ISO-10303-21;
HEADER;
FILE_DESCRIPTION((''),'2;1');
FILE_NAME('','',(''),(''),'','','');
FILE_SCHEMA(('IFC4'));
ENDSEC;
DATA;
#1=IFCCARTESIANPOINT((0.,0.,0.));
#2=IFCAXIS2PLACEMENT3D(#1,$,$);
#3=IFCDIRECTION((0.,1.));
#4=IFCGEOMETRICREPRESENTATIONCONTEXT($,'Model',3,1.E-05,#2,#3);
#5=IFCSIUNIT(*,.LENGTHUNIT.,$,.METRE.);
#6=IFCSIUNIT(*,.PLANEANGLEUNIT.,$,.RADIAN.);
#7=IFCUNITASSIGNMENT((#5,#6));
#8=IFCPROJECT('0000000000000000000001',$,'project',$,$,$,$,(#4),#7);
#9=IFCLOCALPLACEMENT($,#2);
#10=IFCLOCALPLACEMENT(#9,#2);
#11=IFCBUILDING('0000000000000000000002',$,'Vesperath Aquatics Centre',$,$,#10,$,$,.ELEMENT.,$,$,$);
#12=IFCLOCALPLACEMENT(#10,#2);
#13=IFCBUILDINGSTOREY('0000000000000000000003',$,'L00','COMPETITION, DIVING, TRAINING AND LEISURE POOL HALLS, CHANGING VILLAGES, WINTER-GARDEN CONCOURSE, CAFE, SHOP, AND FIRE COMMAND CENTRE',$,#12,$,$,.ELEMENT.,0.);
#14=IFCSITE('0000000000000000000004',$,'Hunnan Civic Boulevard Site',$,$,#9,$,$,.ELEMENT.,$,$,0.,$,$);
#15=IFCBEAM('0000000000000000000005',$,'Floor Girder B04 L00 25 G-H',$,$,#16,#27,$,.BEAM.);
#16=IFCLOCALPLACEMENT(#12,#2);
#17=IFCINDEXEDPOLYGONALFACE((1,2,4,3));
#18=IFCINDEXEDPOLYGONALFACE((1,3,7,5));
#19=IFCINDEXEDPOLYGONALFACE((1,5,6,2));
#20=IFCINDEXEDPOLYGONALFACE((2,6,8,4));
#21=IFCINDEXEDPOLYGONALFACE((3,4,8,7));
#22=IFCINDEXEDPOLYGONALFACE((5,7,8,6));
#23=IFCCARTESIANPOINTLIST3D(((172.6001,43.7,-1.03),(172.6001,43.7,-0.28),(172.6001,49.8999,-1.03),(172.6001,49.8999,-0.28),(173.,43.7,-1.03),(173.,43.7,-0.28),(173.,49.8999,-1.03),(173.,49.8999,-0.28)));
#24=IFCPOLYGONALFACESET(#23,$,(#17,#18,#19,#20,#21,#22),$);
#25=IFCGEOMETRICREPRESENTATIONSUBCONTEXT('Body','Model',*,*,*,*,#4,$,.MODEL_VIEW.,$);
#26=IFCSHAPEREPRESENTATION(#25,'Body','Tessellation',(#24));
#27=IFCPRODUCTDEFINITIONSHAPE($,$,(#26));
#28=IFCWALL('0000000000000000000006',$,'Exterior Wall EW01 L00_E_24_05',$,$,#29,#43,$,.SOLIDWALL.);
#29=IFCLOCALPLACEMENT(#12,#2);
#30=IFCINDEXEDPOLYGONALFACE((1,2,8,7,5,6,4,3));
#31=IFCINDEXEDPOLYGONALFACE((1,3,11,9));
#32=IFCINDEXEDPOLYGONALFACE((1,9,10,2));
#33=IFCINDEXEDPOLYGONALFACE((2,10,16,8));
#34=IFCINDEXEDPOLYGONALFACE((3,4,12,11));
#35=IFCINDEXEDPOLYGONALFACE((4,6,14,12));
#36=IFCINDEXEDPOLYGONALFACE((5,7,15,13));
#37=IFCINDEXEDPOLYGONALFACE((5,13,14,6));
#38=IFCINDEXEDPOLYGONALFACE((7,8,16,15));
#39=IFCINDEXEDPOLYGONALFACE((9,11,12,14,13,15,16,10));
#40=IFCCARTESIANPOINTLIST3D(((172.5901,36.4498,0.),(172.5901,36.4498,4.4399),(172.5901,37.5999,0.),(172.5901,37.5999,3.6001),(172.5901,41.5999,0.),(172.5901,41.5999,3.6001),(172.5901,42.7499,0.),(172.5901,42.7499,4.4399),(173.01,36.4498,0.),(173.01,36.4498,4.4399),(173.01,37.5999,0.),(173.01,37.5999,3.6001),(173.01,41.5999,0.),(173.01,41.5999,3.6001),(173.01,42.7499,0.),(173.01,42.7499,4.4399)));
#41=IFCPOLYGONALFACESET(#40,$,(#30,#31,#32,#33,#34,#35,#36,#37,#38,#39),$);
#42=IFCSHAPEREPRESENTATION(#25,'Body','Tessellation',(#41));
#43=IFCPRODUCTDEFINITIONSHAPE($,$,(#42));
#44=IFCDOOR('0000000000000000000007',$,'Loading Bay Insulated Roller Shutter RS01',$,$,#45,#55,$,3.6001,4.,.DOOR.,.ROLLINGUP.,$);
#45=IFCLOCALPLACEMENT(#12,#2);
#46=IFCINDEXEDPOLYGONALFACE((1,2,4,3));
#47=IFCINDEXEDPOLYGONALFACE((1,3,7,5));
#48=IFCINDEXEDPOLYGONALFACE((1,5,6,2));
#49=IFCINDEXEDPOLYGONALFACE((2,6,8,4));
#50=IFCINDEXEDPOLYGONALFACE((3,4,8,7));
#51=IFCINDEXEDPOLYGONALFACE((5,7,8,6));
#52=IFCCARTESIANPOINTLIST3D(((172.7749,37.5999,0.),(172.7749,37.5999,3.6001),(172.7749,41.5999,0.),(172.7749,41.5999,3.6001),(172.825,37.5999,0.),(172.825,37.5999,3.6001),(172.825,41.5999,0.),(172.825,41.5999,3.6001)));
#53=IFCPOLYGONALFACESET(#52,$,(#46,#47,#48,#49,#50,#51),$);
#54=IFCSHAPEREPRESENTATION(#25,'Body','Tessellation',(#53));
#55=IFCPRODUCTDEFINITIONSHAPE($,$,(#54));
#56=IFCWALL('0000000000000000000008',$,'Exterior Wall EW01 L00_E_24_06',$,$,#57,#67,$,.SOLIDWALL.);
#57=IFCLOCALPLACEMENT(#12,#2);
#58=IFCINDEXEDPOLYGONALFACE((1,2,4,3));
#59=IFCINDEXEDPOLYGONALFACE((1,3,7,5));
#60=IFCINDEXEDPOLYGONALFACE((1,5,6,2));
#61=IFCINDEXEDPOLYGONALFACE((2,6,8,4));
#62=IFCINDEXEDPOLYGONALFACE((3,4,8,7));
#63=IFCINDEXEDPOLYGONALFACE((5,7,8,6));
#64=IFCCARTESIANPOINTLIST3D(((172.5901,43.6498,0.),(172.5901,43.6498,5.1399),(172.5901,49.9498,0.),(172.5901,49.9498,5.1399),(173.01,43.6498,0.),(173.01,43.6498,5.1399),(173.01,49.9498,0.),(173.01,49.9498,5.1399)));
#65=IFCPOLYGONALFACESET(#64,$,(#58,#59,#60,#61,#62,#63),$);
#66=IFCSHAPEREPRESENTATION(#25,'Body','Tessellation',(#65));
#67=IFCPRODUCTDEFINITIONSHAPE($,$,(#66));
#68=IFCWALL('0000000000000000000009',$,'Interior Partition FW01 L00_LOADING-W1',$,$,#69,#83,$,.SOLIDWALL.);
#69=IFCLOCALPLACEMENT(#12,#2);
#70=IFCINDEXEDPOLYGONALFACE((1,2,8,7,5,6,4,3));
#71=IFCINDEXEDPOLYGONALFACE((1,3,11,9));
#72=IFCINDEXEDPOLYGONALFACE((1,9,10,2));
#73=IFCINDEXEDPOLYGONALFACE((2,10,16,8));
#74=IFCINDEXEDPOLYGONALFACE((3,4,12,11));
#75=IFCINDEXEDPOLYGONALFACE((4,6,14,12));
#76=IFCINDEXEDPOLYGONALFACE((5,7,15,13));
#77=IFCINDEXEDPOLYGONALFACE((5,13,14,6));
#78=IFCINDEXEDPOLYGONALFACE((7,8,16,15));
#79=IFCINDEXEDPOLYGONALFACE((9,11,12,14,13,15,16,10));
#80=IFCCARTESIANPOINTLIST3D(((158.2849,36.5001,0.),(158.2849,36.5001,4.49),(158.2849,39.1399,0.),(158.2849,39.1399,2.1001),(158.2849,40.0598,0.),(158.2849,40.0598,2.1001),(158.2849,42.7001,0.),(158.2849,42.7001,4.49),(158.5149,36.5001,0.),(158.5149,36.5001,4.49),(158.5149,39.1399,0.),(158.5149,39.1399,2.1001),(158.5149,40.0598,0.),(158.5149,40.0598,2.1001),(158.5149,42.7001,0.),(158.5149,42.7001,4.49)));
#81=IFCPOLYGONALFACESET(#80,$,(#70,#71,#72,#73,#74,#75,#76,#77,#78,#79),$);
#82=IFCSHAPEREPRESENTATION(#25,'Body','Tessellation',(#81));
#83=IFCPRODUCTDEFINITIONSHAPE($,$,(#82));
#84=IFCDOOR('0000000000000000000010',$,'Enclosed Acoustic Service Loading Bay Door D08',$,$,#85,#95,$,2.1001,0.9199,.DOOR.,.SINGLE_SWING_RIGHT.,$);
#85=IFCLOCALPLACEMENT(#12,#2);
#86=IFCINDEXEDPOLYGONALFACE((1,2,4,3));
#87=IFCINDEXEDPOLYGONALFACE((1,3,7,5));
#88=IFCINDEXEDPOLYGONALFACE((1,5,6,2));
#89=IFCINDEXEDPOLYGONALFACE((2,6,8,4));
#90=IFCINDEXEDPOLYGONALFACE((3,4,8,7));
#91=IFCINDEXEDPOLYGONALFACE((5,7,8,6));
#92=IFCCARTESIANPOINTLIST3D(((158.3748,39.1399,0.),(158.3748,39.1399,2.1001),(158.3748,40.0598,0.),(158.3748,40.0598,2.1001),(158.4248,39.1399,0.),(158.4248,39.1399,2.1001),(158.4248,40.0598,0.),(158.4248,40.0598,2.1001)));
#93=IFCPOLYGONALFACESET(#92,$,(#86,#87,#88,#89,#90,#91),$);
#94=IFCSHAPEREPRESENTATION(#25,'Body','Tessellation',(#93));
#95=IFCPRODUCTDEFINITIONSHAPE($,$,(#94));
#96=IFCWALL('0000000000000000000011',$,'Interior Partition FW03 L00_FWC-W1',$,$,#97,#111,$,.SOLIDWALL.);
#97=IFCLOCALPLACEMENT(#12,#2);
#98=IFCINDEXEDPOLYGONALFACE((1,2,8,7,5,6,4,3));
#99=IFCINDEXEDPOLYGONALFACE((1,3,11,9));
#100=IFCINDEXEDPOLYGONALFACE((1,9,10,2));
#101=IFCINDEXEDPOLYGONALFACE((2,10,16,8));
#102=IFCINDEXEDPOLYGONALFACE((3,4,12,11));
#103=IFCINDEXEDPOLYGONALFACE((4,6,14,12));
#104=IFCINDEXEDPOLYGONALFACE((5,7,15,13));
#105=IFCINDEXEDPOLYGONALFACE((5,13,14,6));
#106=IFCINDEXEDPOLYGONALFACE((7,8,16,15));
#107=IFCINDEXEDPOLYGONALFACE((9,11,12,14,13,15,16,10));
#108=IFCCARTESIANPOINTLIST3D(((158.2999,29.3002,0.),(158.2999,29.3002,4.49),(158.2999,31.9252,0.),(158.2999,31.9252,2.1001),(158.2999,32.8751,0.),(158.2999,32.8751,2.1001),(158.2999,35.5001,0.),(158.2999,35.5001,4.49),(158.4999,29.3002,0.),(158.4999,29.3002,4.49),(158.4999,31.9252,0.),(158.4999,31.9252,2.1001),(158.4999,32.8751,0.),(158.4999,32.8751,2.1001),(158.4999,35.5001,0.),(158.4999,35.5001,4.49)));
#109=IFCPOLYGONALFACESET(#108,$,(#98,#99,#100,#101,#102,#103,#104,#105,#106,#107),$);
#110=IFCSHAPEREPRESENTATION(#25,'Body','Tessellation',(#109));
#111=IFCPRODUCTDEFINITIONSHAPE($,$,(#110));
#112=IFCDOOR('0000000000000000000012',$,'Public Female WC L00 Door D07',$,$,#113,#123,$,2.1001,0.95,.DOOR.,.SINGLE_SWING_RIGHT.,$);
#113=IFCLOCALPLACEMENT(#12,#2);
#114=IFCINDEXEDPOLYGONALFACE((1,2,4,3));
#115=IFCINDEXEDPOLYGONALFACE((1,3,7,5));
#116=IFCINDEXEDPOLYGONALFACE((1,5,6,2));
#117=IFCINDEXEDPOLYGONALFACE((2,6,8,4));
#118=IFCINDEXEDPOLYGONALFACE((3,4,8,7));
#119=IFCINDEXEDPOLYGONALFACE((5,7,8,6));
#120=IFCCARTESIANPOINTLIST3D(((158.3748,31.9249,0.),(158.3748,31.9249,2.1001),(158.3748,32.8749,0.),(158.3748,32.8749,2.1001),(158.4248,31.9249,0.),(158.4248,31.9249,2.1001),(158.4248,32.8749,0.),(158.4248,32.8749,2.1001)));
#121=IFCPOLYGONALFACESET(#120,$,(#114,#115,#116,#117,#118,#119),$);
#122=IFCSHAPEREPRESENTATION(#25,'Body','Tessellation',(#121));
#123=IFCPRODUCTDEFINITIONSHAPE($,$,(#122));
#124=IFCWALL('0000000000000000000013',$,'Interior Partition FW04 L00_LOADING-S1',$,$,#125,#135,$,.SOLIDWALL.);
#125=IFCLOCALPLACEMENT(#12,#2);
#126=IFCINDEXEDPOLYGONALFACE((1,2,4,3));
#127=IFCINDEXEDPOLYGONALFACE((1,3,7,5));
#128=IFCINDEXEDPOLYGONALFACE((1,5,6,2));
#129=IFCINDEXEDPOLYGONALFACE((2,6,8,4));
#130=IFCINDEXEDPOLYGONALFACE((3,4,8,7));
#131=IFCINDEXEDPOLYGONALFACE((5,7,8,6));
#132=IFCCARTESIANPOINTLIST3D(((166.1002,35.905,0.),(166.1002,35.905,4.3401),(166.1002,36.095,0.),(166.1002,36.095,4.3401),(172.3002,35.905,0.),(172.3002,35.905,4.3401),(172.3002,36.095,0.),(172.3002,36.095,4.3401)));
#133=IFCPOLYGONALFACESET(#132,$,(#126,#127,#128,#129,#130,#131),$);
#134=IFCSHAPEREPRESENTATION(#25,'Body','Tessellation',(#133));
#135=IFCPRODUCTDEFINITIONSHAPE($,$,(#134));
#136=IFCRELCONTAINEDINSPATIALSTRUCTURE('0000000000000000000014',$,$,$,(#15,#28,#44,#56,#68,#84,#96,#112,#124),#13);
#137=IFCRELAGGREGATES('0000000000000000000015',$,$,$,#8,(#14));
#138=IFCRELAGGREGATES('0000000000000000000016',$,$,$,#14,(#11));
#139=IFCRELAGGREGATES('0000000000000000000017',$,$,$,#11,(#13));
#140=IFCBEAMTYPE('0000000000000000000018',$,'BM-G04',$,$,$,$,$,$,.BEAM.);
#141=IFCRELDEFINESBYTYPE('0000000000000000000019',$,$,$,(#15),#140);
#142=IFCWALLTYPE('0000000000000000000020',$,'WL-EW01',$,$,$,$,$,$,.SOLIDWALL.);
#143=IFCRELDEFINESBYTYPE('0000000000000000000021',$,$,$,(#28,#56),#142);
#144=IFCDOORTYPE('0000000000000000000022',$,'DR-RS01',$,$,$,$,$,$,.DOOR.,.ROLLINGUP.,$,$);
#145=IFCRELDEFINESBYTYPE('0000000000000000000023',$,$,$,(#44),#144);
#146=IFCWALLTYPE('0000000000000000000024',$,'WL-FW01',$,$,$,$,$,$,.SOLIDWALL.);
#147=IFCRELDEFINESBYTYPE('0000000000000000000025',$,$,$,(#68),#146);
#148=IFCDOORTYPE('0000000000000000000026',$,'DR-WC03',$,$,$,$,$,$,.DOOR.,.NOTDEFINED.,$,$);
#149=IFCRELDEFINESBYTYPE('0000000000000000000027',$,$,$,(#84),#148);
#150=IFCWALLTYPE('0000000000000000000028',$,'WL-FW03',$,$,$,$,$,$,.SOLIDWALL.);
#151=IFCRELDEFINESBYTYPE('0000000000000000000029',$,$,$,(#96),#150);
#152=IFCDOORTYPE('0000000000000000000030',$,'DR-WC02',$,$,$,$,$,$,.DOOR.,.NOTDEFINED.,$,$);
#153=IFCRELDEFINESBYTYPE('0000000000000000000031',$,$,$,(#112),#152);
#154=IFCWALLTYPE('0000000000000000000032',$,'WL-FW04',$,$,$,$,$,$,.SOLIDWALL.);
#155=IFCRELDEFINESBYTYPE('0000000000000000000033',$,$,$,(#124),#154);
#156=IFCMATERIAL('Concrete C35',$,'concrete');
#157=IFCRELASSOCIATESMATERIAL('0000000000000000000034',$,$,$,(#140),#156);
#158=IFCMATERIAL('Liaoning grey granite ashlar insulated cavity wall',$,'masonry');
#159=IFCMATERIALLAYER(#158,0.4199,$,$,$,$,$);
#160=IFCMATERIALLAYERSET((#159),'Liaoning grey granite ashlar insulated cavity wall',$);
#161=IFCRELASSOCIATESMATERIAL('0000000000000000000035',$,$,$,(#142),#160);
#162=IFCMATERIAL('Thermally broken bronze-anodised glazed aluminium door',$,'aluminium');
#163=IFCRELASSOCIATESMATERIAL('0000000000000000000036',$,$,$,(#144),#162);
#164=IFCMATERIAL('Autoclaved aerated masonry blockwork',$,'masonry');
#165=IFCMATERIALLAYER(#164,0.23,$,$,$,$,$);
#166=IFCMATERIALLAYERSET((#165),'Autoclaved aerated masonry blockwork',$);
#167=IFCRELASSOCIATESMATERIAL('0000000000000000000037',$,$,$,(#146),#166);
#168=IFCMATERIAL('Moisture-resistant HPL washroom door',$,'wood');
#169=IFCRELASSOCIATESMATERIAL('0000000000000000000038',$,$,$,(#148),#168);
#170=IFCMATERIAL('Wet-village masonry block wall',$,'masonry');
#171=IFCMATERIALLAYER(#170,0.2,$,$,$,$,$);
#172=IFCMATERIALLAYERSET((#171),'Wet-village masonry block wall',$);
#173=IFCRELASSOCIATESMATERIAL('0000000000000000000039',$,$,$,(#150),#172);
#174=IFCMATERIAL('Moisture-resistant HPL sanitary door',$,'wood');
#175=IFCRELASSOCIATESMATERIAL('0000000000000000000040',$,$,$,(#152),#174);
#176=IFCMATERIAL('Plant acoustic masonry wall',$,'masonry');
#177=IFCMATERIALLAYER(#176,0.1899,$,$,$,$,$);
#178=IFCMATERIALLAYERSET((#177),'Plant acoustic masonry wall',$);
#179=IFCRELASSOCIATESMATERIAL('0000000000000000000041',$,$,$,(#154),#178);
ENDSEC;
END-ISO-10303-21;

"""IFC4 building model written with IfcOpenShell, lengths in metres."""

from ifc_helpers import new_model, si_unit, direction, frame, frame_2d, origin, origin_2d, place, context, subcontext, project, spatial, rectangle, extrude, material, layer, layer_set, material_profile, profile_set, type_object, element, fill, save


model = new_model("IFC4")

# Units and contexts
model_context = context("Model", 3, precision=1e-05, world=origin(), true_north=direction((0.0, 1.0)))
body_context = subcontext(model_context, "Body", "Model", "MODEL_VIEW")
ifc_project = project(units=[si_unit("LENGTHUNIT", "METRE"), si_unit("PLANEANGLEUNIT", "RADIAN")], contexts=[model_context])

# Site, building, storey
site_placement = place(None, origin())
site = spatial("IfcSite", under=ifc_project, at=site_placement, Name="Hunnan Civic Boulevard Site", CompositionType="ELEMENT", RefElevation=0.0)
building_placement = place(site_placement, origin())
building = spatial("IfcBuilding", under=site, at=building_placement, Name="Vesperath Aquatics Centre", CompositionType="ELEMENT")
storey_placement = place(building_placement, origin())
storey = spatial("IfcBuildingStorey", under=building, at=storey_placement, Name="L00", Description="COMPETITION, DIVING, TRAINING AND LEISURE POOL HALLS, CHANGING VILLAGES, WINTER-GARDEN CONCOURSE, CAFE, SHOP, AND FIRE COMMAND CENTRE", CompositionType="ELEMENT", Elevation=0.0)

# Beam
ifc_material_1 = material(Name="Concrete C35", Category="concrete")
ifc_material_profile_1 = material_profile(ifc_material_1, rectangle(XDim=0.3999, YDim=0.75, at=origin_2d()), Name="RC 400x750")
ifc_profile_set_1 = profile_set([ifc_material_profile_1], Name="Concrete C35")
beam_type_1 = type_object("IfcBeamType", Name="BM-G04", PredefinedType="BEAM", material=ifc_profile_set_1)
for number, where, z_axis, x_axis, name in (
    (1, (172.8, 43.7, -0.655), (0.0, 1.0, 0.0), (-1.0, 0.0, 0.0), "Floor Girder B04 L00 25 G-H"),
):
    element("IfcBeam", number, at=place(storey_placement, frame(where, z_axis=z_axis, x_axis=x_axis)), inside=storey, type_object=beam_type_1, Name=name, PredefinedType="BEAM", context=body_context, shape_type="SweptSolid", body=[
        extrude(rectangle(XDim=0.3999, YDim=0.75, at=origin_2d()), origin(), (0.0, 0.0, 1.0), 6.2),
    ])

# Wall, opening, door
ifc_material_2 = material(Name="Liaoning grey granite ashlar insulated cavity wall", Category="masonry")
ifc_layer_1 = layer(ifc_material_2, 0.4199)
ifc_layer_set_1 = layer_set([ifc_layer_1], Name="Liaoning grey granite ashlar insulated cavity wall")
wall_type_1 = type_object("IfcWallType", Name="WL-EW01", PredefinedType="SOLIDWALL", material=ifc_layer_set_1)
wall_1_placement = place(storey_placement, frame((172.8, 36.45, 0.0), z_axis=(0.0, 0.0, 1.0), x_axis=(0.0, 1.0, 0.0)))
wall_1 = element("IfcWall", 2, at=wall_1_placement, inside=storey, type_object=wall_type_1, Name="Exterior Wall EW01 L00_E_24_05", PredefinedType="SOLIDWALL", context=body_context, shape_type="SweptSolid", body=[
    extrude(rectangle(XDim=6.3, YDim=0.4199, at=frame_2d((3.1499, 0.0))), origin(), (0.0, 0.0, 1.0), 4.4399),
])
opening_1_placement = place(wall_1_placement, frame((1.1499, 0.0, 0.0)))
opening_1 = element("IfcOpeningElement", 3, at=opening_1_placement, cuts=wall_1, PredefinedType="OPENING", context=body_context, shape_type="SweptSolid", body=[
    extrude(rectangle(XDim=4.0, YDim=3.6001, at=frame_2d((2.0, 1.8))), frame((0.0, 0.2249, 0.0), z_axis=(0.0, -1.0, 0.0), x_axis=(1.0, 0.0, 0.0)), (0.0, 0.0, 1.0), 0.4497),
])
ifc_material_3 = material(Name="Thermally broken bronze-anodised glazed aluminium door", Category="aluminium")
door_type_1 = type_object("IfcDoorType", Name="DR-RS01", OperationType="ROLLINGUP", PredefinedType="DOOR", material=ifc_material_3)
door_1_placement = place(opening_1_placement, frame((4.0, 0.0, 0.0), z_axis=(0.0, 0.0, 1.0), x_axis=(-1.0, 0.0, 0.0)))
door_1 = element("IfcDoor", 4, at=door_1_placement, inside=storey, type_object=door_type_1, Name="Loading Bay Insulated Roller Shutter RS01", OperationType="ROLLINGUP", OverallHeight=3.6001, OverallWidth=4.0, PredefinedType="DOOR", context=body_context, shape_type="SweptSolid", body=[
    extrude(rectangle(XDim=4.0, YDim=3.6001, at=frame_2d((2.0, 1.8))), frame((0.0, 0.0249, 0.0), z_axis=(0.0, -1.0, 0.0), x_axis=(1.0, 0.0, 0.0)), (0.0, 0.0, 1.0), 0.05),
])
fill(opening_1, door_1)

# Wall
wall_2_placement = place(storey_placement, frame((172.8, 43.6499, 0.0), z_axis=(0.0, 0.0, 1.0), x_axis=(0.0, 1.0, 0.0)))
element("IfcWall", 5, at=wall_2_placement, inside=storey, type_object=wall_type_1, Name="Exterior Wall EW01 L00_E_24_06", PredefinedType="SOLIDWALL", context=body_context, shape_type="SweptSolid", body=[
    extrude(rectangle(XDim=6.3, YDim=0.4199, at=frame_2d((3.1499, 0.0))), origin(), (0.0, 0.0, 1.0), 5.1399),
])

# Walls, openings, doors
ifc_material_4 = material(Name="Autoclaved aerated masonry blockwork", Category="masonry")
ifc_layer_2 = layer(ifc_material_4, 0.23)
ifc_layer_set_2 = layer_set([ifc_layer_2], Name="Autoclaved aerated masonry blockwork")
wall_type_2 = type_object("IfcWallType", Name="WL-FW01", PredefinedType="SOLIDWALL", material=ifc_layer_set_2)
wall_3_placement = place(storey_placement, frame((158.3999, 36.5, 0.0), z_axis=(0.0, 0.0, 1.0), x_axis=(0.0, 1.0, 0.0)))
wall_3 = element("IfcWall", 6, at=wall_3_placement, inside=storey, type_object=wall_type_2, Name="Interior Partition FW01 L00_LOADING-W1", PredefinedType="SOLIDWALL", context=body_context, shape_type="SweptSolid", body=[
    extrude(rectangle(XDim=6.2, YDim=0.23, at=frame_2d((3.1001, 0.0))), origin(), (0.0, 0.0, 1.0), 4.49),
])
opening_2_placement = place(wall_3_placement, frame((2.6399, 0.0, 0.0)))
opening_2 = element("IfcOpeningElement", 7, at=opening_2_placement, cuts=wall_3, PredefinedType="OPENING", context=body_context, shape_type="SweptSolid", body=[
    extrude(rectangle(XDim=0.9199, YDim=2.1001, at=frame_2d((0.46, 1.05))), frame((0.0, 0.1299, 0.0), z_axis=(0.0, -1.0, 0.0), x_axis=(1.0, 0.0, 0.0)), (0.0, 0.0, 1.0), 0.2598),
])
ifc_material_5 = material(Name="Moisture-resistant HPL washroom door", Category="wood")
door_type_2 = type_object("IfcDoorType", Name="DR-WC03", OperationType="NOTDEFINED", PredefinedType="DOOR", material=ifc_material_5)
door_2_placement = place(opening_2_placement, frame((0.9199, 0.0, 0.0), z_axis=(0.0, 0.0, 1.0), x_axis=(-1.0, 0.0, 0.0)))
door_2 = element("IfcDoor", 8, at=door_2_placement, inside=storey, type_object=door_type_2, Name="Enclosed Acoustic Service Loading Bay Door D08", OperationType="SINGLE_SWING_RIGHT", OverallHeight=2.1001, OverallWidth=0.9199, PredefinedType="DOOR", context=body_context, shape_type="SweptSolid", body=[
    extrude(rectangle(XDim=0.9199, YDim=2.1001, at=frame_2d((0.46, 1.05))), frame((0.0, 0.0249, 0.0), z_axis=(0.0, -1.0, 0.0), x_axis=(1.0, 0.0, 0.0)), (0.0, 0.0, 1.0), 0.05),
])
fill(opening_2, door_2)
ifc_material_6 = material(Name="Wet-village masonry block wall", Category="masonry")
ifc_layer_3 = layer(ifc_material_6, 0.2)
ifc_layer_set_3 = layer_set([ifc_layer_3], Name="Wet-village masonry block wall")
wall_type_3 = type_object("IfcWallType", Name="WL-FW03", PredefinedType="SOLIDWALL", material=ifc_layer_set_3)
wall_4_placement = place(storey_placement, frame((158.3999, 29.3, 0.0), z_axis=(0.0, 0.0, 1.0), x_axis=(0.0, 1.0, 0.0)))
wall_4 = element("IfcWall", 9, at=wall_4_placement, inside=storey, type_object=wall_type_3, Name="Interior Partition FW03 L00_FWC-W1", PredefinedType="SOLIDWALL", context=body_context, shape_type="SweptSolid", body=[
    extrude(rectangle(XDim=6.2, YDim=0.2, at=frame_2d((3.1001, 0.0))), origin(), (0.0, 0.0, 1.0), 4.49),
])
opening_3_placement = place(wall_4_placement, frame((2.625, 0.0, 0.0)))
opening_3 = element("IfcOpeningElement", 10, at=opening_3_placement, cuts=wall_4, PredefinedType="OPENING", context=body_context, shape_type="SweptSolid", body=[
    extrude(rectangle(XDim=0.95, YDim=2.1001, at=frame_2d((0.4751, 1.05))), frame((0.0, 0.1147, 0.0), z_axis=(0.0, -1.0, 0.0), x_axis=(1.0, 0.0, 0.0)), (0.0, 0.0, 1.0), 0.2297),
])
ifc_material_7 = material(Name="Moisture-resistant HPL sanitary door", Category="wood")
door_type_3 = type_object("IfcDoorType", Name="DR-WC02", OperationType="NOTDEFINED", PredefinedType="DOOR", material=ifc_material_7)
door_3_placement = place(opening_3_placement, frame((0.95, 0.0, 0.0), z_axis=(0.0, 0.0, 1.0), x_axis=(-1.0, 0.0, 0.0)))
door_3 = element("IfcDoor", 11, at=door_3_placement, inside=storey, type_object=door_type_3, Name="Public Female WC L00 Door D07", OperationType="SINGLE_SWING_RIGHT", OverallHeight=2.1001, OverallWidth=0.95, PredefinedType="DOOR", context=body_context, shape_type="SweptSolid", body=[
    extrude(rectangle(XDim=0.95, YDim=2.1001, at=frame_2d((0.4751, 1.05))), frame((0.0, 0.0249, 0.0), z_axis=(0.0, -1.0, 0.0), x_axis=(1.0, 0.0, 0.0)), (0.0, 0.0, 1.0), 0.05),
])
fill(opening_3, door_3)

# Wall
ifc_material_8 = material(Name="Plant acoustic masonry wall", Category="masonry")
ifc_layer_4 = layer(ifc_material_8, 0.1899)
ifc_layer_set_4 = layer_set([ifc_layer_4], Name="Plant acoustic masonry wall")
wall_type_4 = type_object("IfcWallType", Name="WL-FW04", PredefinedType="SOLIDWALL", material=ifc_layer_set_4)
wall_5_placement = place(storey_placement, frame((166.1001, 36.0, 0.0), z_axis=(0.0, 0.0, 1.0), x_axis=(1.0, 0.0, 0.0)))
element("IfcWall", 12, at=wall_5_placement, inside=storey, type_object=wall_type_4, Name="Interior Partition FW04 L00_LOADING-S1", PredefinedType="SOLIDWALL", context=body_context, shape_type="SweptSolid", body=[
    extrude(rectangle(XDim=6.2, YDim=0.1899, at=frame_2d((3.1001, 0.0))), origin(), (0.0, 0.0, 1.0), 4.3401),
])

save(model, "model.ifc")
